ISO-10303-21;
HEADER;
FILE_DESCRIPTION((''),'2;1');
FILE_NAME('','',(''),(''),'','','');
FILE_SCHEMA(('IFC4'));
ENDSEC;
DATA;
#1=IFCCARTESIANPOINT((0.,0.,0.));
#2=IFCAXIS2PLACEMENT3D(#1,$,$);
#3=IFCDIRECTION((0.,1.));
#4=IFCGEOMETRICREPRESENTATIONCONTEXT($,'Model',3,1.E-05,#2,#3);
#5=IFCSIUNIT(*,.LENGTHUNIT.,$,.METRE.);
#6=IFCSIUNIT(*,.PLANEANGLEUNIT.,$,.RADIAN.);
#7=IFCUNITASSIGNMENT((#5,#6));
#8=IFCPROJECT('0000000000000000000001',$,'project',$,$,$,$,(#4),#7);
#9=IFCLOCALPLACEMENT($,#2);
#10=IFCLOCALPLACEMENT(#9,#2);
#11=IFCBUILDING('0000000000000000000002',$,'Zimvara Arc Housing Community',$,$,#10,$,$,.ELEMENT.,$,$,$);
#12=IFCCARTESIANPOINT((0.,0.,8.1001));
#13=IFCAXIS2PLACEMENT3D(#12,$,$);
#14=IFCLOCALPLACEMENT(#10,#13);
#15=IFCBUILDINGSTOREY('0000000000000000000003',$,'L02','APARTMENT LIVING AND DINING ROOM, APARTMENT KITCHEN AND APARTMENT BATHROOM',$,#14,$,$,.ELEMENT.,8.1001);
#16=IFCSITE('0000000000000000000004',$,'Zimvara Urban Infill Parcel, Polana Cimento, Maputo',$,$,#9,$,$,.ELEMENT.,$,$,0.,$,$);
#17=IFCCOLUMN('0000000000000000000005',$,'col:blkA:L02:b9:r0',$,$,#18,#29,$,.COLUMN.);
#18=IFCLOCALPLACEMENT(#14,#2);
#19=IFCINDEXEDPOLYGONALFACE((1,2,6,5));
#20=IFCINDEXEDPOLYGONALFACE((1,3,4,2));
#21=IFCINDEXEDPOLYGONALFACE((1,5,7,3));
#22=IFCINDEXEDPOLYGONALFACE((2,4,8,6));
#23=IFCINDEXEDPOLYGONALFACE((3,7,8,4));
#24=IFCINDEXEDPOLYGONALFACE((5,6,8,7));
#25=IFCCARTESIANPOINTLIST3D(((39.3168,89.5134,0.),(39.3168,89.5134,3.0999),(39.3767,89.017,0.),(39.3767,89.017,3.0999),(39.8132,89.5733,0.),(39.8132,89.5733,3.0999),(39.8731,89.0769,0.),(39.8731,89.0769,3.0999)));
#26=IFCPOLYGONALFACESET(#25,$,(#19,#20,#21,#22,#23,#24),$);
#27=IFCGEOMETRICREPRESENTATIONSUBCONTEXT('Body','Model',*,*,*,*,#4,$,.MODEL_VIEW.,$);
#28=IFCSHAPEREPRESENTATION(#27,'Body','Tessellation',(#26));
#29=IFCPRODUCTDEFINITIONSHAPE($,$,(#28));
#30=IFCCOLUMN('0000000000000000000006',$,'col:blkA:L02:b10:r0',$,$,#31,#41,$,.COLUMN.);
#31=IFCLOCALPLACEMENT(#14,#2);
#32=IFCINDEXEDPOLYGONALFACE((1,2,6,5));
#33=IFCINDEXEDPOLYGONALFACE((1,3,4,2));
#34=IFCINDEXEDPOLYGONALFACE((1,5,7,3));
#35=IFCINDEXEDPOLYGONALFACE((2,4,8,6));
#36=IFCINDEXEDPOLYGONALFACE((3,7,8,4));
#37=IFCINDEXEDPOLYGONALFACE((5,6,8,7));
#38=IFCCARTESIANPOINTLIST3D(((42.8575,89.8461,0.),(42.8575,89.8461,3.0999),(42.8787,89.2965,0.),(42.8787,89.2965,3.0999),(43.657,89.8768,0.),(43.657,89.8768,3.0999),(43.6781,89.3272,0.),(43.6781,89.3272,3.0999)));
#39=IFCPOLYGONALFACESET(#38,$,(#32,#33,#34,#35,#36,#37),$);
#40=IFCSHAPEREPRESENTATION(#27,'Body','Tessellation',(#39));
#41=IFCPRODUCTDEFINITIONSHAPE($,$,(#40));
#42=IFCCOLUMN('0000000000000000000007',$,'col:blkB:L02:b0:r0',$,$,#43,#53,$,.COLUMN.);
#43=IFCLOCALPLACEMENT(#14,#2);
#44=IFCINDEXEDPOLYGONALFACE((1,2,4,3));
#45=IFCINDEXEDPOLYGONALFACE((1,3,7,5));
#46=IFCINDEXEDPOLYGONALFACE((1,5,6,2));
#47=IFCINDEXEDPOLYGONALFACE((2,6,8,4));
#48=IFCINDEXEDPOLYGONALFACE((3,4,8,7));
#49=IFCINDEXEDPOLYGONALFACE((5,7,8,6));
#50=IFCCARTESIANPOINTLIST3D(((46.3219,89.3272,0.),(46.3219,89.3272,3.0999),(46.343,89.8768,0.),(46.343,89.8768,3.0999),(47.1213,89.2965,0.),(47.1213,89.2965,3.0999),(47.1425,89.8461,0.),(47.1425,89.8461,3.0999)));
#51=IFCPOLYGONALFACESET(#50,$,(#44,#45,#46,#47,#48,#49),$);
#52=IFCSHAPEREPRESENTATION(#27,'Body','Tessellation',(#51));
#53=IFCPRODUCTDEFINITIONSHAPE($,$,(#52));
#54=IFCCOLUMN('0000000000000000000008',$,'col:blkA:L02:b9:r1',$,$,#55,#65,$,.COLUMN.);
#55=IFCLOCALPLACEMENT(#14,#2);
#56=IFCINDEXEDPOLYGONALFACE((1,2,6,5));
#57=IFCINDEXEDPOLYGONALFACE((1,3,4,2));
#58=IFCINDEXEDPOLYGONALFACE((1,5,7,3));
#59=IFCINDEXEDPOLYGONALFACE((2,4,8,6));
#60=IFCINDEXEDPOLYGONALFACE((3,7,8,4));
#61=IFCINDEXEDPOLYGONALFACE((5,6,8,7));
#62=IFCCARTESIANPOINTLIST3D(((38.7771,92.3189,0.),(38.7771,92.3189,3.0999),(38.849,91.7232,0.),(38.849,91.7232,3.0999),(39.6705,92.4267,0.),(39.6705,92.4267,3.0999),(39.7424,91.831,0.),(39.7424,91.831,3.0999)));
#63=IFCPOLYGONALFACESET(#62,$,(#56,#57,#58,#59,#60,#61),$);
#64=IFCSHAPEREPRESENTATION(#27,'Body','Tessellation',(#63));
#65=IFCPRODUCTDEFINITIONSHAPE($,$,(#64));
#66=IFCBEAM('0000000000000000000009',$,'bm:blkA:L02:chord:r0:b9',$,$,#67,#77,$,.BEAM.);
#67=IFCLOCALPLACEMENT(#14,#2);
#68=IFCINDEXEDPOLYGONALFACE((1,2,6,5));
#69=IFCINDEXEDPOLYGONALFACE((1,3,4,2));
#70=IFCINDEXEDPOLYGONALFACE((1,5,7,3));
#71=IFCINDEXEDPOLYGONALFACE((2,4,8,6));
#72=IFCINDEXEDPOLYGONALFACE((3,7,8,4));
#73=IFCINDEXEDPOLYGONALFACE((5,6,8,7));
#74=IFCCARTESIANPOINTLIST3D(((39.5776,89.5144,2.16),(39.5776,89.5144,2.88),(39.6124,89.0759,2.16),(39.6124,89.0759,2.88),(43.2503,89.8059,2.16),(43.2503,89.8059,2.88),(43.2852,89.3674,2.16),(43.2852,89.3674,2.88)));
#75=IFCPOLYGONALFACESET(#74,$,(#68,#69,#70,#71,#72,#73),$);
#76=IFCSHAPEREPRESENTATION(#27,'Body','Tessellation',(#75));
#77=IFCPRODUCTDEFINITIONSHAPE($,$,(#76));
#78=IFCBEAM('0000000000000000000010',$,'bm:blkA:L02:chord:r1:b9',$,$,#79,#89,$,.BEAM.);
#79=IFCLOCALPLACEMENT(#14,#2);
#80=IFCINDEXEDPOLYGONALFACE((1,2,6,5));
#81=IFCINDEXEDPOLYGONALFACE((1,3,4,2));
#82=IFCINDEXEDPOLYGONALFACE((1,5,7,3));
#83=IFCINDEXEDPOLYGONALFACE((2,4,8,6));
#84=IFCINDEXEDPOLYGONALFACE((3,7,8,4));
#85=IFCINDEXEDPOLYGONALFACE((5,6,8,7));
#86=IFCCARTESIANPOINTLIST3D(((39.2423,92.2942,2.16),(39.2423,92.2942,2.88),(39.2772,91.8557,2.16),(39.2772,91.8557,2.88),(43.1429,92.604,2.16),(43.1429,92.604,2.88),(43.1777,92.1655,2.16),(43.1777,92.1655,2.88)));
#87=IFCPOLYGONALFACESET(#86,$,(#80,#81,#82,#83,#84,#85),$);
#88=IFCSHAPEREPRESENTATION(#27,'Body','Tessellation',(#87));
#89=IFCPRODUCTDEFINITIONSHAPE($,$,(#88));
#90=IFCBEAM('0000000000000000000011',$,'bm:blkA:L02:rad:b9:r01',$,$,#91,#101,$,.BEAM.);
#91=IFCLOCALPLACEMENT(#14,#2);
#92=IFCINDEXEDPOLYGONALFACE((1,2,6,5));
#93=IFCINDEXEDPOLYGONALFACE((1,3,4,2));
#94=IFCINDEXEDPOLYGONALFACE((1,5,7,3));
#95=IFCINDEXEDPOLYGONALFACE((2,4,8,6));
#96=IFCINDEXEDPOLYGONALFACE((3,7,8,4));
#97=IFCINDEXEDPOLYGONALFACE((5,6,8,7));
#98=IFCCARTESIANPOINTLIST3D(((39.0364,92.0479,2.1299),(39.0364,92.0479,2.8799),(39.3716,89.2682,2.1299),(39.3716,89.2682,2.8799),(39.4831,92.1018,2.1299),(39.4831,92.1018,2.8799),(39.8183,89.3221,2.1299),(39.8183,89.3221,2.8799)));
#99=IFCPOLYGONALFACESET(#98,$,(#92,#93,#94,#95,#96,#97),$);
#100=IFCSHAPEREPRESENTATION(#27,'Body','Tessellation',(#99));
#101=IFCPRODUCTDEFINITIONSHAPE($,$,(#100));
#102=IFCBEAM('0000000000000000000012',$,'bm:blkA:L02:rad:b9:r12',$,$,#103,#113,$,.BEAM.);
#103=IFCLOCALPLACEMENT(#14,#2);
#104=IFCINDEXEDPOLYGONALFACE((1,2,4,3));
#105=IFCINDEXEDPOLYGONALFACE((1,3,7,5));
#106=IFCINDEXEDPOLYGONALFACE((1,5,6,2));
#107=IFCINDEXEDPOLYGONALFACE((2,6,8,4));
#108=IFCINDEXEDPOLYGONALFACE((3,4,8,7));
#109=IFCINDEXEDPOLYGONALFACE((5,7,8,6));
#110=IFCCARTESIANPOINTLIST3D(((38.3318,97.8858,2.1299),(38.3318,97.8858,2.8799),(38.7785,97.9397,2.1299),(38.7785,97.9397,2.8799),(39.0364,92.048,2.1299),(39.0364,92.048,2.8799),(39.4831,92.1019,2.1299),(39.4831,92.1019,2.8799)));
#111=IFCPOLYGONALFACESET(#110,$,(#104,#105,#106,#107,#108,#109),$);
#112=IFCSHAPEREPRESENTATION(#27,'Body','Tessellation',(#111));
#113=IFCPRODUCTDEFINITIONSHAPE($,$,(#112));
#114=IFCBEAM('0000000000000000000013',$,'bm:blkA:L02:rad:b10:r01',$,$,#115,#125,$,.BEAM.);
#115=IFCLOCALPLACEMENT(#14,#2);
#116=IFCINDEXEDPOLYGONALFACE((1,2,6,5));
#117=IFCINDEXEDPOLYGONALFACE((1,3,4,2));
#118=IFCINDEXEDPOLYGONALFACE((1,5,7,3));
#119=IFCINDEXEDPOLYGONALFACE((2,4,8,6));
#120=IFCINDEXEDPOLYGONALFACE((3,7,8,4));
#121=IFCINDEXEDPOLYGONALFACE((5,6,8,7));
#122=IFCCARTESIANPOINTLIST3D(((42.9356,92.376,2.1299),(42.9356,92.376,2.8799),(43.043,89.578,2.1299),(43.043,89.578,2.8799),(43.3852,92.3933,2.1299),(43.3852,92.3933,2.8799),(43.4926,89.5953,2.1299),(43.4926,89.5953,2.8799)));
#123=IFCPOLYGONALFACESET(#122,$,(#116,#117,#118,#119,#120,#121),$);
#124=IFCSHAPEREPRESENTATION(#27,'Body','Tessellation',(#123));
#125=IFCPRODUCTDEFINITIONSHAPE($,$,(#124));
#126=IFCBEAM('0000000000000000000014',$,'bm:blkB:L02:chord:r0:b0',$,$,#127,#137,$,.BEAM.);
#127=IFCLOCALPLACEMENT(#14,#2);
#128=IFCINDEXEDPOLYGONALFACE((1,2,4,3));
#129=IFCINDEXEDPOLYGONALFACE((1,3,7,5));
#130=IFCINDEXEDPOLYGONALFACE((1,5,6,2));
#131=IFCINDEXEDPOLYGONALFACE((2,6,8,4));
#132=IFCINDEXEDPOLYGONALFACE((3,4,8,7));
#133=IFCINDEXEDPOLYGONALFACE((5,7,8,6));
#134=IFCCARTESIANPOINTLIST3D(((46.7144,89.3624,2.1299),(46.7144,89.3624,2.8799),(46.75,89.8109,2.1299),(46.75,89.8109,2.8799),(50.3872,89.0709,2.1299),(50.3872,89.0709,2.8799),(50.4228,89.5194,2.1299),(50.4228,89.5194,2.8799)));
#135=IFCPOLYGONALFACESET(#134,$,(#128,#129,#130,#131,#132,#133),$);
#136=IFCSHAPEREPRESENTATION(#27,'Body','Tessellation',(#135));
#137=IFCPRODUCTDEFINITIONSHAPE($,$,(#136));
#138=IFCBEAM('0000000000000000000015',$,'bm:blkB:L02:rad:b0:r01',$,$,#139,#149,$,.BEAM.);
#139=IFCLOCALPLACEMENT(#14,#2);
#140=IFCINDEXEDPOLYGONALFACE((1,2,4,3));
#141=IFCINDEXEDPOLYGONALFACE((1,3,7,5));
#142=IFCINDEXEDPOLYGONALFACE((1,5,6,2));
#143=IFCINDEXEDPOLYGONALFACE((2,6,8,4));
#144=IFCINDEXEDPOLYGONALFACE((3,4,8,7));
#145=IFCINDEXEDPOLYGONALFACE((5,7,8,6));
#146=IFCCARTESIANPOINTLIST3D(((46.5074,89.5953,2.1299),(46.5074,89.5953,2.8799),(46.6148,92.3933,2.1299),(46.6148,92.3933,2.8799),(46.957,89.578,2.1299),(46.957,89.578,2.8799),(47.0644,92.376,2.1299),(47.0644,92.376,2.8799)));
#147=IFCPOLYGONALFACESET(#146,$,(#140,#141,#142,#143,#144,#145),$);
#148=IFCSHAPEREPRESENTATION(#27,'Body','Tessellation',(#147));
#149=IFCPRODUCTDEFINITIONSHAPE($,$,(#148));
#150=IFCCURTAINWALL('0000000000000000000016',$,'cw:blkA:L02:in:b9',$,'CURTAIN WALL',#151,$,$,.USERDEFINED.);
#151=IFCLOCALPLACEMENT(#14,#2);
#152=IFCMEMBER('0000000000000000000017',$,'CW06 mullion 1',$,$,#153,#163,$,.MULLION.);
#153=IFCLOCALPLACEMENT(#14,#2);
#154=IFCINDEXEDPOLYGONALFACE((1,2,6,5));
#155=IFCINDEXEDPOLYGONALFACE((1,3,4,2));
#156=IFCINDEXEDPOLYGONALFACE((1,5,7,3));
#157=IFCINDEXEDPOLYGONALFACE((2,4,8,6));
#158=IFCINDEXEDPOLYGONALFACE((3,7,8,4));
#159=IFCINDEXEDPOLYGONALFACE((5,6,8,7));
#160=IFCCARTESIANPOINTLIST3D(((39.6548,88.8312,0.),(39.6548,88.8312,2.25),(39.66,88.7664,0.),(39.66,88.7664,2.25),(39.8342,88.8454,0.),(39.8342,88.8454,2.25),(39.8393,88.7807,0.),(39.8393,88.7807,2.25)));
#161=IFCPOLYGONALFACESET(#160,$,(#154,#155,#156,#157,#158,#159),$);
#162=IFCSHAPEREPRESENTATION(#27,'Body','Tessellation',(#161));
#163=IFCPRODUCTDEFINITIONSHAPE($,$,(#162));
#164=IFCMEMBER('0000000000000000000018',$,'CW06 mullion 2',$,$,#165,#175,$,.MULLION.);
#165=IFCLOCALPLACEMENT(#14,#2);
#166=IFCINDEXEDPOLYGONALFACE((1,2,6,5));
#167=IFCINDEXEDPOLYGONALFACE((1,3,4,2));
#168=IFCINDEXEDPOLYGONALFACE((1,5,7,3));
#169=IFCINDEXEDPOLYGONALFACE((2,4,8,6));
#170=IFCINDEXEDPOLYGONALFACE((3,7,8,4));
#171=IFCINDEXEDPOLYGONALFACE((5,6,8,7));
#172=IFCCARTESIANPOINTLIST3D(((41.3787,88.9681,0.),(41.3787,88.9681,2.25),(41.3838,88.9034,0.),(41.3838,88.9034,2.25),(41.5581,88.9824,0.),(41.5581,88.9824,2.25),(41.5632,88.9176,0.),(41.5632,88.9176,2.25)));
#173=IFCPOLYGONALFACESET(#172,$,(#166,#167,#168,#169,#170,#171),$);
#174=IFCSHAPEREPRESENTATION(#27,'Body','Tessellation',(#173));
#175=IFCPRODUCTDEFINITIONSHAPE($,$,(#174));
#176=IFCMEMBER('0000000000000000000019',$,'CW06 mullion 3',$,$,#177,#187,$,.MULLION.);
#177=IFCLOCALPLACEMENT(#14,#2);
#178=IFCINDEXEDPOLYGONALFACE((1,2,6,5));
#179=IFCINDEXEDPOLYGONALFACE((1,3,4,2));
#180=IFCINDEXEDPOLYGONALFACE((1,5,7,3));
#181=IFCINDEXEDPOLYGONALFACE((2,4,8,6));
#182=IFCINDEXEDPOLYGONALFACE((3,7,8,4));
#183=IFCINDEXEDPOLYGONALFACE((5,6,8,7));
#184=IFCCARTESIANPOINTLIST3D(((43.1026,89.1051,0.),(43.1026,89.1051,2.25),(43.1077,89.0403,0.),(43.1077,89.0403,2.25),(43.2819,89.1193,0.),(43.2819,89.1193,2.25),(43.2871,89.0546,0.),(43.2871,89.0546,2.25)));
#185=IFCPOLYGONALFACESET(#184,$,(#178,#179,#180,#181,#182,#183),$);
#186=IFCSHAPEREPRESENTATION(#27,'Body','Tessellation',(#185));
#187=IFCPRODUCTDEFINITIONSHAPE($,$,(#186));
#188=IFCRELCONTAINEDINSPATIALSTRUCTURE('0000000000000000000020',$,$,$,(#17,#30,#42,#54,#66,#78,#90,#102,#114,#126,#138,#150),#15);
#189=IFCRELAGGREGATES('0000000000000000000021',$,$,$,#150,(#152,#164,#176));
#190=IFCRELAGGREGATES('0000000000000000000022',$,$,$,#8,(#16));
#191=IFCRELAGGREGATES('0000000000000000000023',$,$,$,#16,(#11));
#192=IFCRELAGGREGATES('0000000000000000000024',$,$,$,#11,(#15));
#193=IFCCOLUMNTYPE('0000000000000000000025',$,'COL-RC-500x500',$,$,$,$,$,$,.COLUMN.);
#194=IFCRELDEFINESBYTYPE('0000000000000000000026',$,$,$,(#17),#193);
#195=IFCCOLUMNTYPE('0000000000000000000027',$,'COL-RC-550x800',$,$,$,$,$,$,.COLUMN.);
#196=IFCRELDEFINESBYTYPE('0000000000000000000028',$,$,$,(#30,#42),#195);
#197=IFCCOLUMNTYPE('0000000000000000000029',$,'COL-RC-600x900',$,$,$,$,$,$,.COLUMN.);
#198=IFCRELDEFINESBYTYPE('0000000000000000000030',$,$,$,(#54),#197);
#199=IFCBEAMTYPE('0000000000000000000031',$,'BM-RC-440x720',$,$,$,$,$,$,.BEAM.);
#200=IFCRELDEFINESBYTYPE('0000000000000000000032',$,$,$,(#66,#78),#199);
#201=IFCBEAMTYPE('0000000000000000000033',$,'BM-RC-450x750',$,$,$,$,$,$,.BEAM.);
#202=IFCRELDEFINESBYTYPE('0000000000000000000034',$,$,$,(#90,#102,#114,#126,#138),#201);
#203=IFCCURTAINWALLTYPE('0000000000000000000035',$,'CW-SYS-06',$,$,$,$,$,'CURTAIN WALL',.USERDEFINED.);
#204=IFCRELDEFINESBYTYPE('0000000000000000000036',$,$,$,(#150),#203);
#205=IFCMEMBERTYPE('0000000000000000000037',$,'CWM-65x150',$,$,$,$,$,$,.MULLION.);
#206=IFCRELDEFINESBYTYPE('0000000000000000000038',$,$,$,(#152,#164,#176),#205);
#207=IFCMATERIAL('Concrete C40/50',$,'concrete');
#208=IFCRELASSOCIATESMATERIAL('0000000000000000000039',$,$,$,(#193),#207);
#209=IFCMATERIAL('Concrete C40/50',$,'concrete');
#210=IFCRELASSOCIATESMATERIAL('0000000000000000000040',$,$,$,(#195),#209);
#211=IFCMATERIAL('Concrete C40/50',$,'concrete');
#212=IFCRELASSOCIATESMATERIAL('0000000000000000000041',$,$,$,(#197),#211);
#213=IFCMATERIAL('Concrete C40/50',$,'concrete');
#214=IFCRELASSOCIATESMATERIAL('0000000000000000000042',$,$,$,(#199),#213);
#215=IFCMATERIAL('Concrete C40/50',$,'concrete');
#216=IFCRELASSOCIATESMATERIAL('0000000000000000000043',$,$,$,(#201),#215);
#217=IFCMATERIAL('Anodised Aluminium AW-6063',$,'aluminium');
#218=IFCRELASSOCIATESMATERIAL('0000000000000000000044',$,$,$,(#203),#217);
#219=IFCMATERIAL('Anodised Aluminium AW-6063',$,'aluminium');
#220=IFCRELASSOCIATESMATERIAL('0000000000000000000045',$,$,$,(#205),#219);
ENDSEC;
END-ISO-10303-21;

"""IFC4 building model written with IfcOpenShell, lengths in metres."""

from ifc_helpers import new_model, si_unit, direction, frame, origin, origin_2d, place, context, subcontext, project, spatial, rectangle, extrude, material, material_profile, profile_set, type_object, element, aggregate, save


model = new_model("IFC4")

# Units and contexts
model_context = context("Model", 3, precision=1e-05, world=origin(), true_north=direction((0.0, 1.0)))
body_context = subcontext(model_context, "Body", "Model", "MODEL_VIEW")
ifc_project = project(units=[si_unit("LENGTHUNIT", "METRE"), si_unit("PLANEANGLEUNIT", "RADIAN")], contexts=[model_context])

# Site, building, storey
site_placement = place(None, origin())
site = spatial("IfcSite", under=ifc_project, at=site_placement, Name="Zimvara Urban Infill Parcel, Polana Cimento, Maputo", CompositionType="ELEMENT", RefElevation=0.0)
building_placement = place(site_placement, origin())
building = spatial("IfcBuilding", under=site, at=building_placement, Name="Zimvara Arc Housing Community", CompositionType="ELEMENT")
storey_placement = place(building_placement, frame((0.0, 0.0, 8.1001)))
storey = spatial("IfcBuildingStorey", under=building, at=storey_placement, Name="L02", Description="APARTMENT LIVING AND DINING ROOM, APARTMENT KITCHEN AND APARTMENT BATHROOM", CompositionType="ELEMENT", Elevation=8.1001)

# Columns
ifc_material_1 = material(Name="Concrete C40/50", Category="concrete")
ifc_material_profile_1 = material_profile(ifc_material_1, rectangle(XDim=0.5, YDim=0.5, at=origin_2d()), Name="RC 500x500")
ifc_profile_set_1 = profile_set([ifc_material_profile_1], Name="Concrete C40/50")
column_type_1 = type_object("IfcColumnType", Name="COL-RC-500x500", PredefinedType="COLUMN", material=ifc_profile_set_1)
column_1_placement = place(storey_placement, frame((39.595, 89.2952, 0.0), z_axis=(0.0, 0.0, 1.0), x_axis=(-0.11979, 0.992799, 0.0)))
element("IfcColumn", 1, at=column_1_placement, inside=storey, type_object=column_type_1, Name="col:blkA:L02:b9:r0", PredefinedType="COLUMN", context=body_context, shape_type="SweptSolid", body=[
    extrude(rectangle(XDim=0.5, YDim=0.5, at=origin_2d()), origin(), (0.0, 0.0, 1.0), 3.0999),
])
ifc_material_2 = material(Name="Concrete C40/50", Category="concrete")
ifc_material_profile_2 = material_profile(ifc_material_2, rectangle(XDim=0.55, YDim=0.8, at=origin_2d()), Name="RC 550x800")
ifc_profile_set_2 = profile_set([ifc_material_profile_2], Name="Concrete C40/50")
column_type_2 = type_object("IfcColumnType", Name="COL-RC-550x800", PredefinedType="COLUMN", material=ifc_profile_set_2)
for number, where, z_axis, x_axis, name in (
    (2, (43.2678, 89.5867, 0.0), (0.0, 0.0, 1.0), (-0.038388, 0.999263, 0.0), "col:blkA:L02:b10:r0"),
    (3, (46.7322, 89.5867, 0.0), (0.0, 0.0, 1.0), (0.038388, 0.999263, 0.0), "col:blkB:L02:b0:r0"),
):
    element("IfcColumn", number, at=place(storey_placement, frame(where, z_axis=z_axis, x_axis=x_axis)), inside=storey, type_object=column_type_2, Name=name, PredefinedType="COLUMN", context=body_context, shape_type="SweptSolid", body=[
        extrude(rectangle(XDim=0.55, YDim=0.8, at=origin_2d()), origin(), (0.0, 0.0, 1.0), 3.0999),
    ])
ifc_material_3 = material(Name="Concrete C40/50", Category="concrete")
ifc_material_profile_3 = material_profile(ifc_material_3, rectangle(XDim=0.6001, YDim=0.8999, at=origin_2d()), Name="RC 600x900")
ifc_profile_set_3 = profile_set([ifc_material_profile_3], Name="Concrete C40/50")
column_type_3 = type_object("IfcColumnType", Name="COL-RC-600x900", PredefinedType="COLUMN", material=ifc_profile_set_3)
column_2_placement = place(storey_placement, frame((39.2598, 92.075, 0.0), z_axis=(0.0, 0.0, 1.0), x_axis=(-0.11979, 0.992799, 0.0)))
element("IfcColumn", 4, at=column_2_placement, inside=storey, type_object=column_type_3, Name="col:blkA:L02:b9:r1", PredefinedType="COLUMN", context=body_context, shape_type="SweptSolid", body=[
    extrude(rectangle(XDim=0.6001, YDim=0.8999, at=origin_2d()), origin(), (0.0, 0.0, 1.0), 3.0999),
])

# Beams
ifc_material_4 = material(Name="Concrete C40/50", Category="concrete")
ifc_material_profile_4 = material_profile(ifc_material_4, rectangle(XDim=0.4399, YDim=0.72, at=origin_2d()), Name="RC 440x720")
ifc_profile_set_4 = profile_set([ifc_material_profile_4], Name="Concrete C40/50")
beam_type_1 = type_object("IfcBeamType", Name="BM-RC-440x720", PredefinedType="BEAM", material=ifc_profile_set_4)
beam_1_placement = place(storey_placement, frame((39.595, 89.2952, 2.52), z_axis=(0.996865, 0.079118, 0.0), x_axis=(-0.079118, 0.996865, 0.0)))
element("IfcBeam", 5, at=beam_1_placement, inside=storey, type_object=beam_type_1, Name="bm:blkA:L02:chord:r0:b9", PredefinedType="BEAM", context=body_context, shape_type="SweptSolid", body=[
    extrude(rectangle(XDim=0.4399, YDim=0.72, at=origin_2d()), origin(), (0.0, 0.0, 1.0), 3.6843),
])
beam_2_placement = place(storey_placement, frame((39.2598, 92.075, 2.52), z_axis=(0.996861, 0.079177, 0.0), x_axis=(-0.079177, 0.996861, 0.0)))
element("IfcBeam", 6, at=beam_2_placement, inside=storey, type_object=beam_type_1, Name="bm:blkA:L02:chord:r1:b9", PredefinedType="BEAM", context=body_context, shape_type="SweptSolid", body=[
    extrude(rectangle(XDim=0.4399, YDim=0.72, at=origin_2d()), origin(), (0.0, 0.0, 1.0), 3.9128),
])
ifc_material_5 = material(Name="Concrete C40/50", Category="concrete")
ifc_material_profile_5 = material_profile(ifc_material_5, rectangle(XDim=0.45, YDim=0.75, at=origin_2d()), Name="RC 450x750")
ifc_profile_set_5 = profile_set([ifc_material_profile_5], Name="Concrete C40/50")
beam_type_2 = type_object("IfcBeamType", Name="BM-RC-450x750", PredefinedType="BEAM", material=ifc_profile_set_5)
beam_3_placement = place(storey_placement, frame((39.595, 89.2952, 2.5049), z_axis=(-0.119719, 0.992808, 0.0), x_axis=(-0.992808, -0.119719, 0.0)))
element("IfcBeam", 7, at=beam_3_placement, inside=storey, type_object=beam_type_2, Name="bm:blkA:L02:rad:b9:r01", PredefinedType="BEAM", context=body_context, shape_type="SweptSolid", body=[
    extrude(rectangle(XDim=0.45, YDim=0.75, at=origin_2d()), origin(), (0.0, 0.0, 1.0), 2.7998),
])
beam_4_placement = place(storey_placement, frame((39.2598, 92.075, 2.5049), z_axis=(-0.119828, 0.992795, 0.0), x_axis=(-0.992795, -0.119828, 0.0)))
element("IfcBeam", 8, at=beam_4_placement, inside=storey, type_object=beam_type_2, Name="bm:blkA:L02:rad:b9:r12", PredefinedType="BEAM", context=body_context, shape_type="SweptSolid", body=[
    extrude(rectangle(XDim=0.45, YDim=0.75, at=origin_2d()), origin(), (0.0, 0.0, 1.0), 5.8801),
])
beam_5_placement = place(storey_placement, frame((43.2678, 89.5867, 2.5049), z_axis=(-0.038363, 0.999264, 0.0), x_axis=(-0.999264, -0.038363, 0.0)))
element("IfcBeam", 9, at=beam_5_placement, inside=storey, type_object=beam_type_2, Name="bm:blkA:L02:rad:b10:r01", PredefinedType="BEAM", context=body_context, shape_type="SweptSolid", body=[
    extrude(rectangle(XDim=0.45, YDim=0.75, at=origin_2d()), origin(), (0.0, 0.0, 1.0), 2.8),
])
beam_6_placement = place(storey_placement, frame((46.7322, 89.5867, 2.5049), z_axis=(0.996865, -0.079118, 0.0), x_axis=(0.079118, 0.996865, 0.0)))
element("IfcBeam", 10, at=beam_6_placement, inside=storey, type_object=beam_type_2, Name="bm:blkB:L02:chord:r0:b0", PredefinedType="BEAM", context=body_context, shape_type="SweptSolid", body=[
    extrude(rectangle(XDim=0.45, YDim=0.75, at=origin_2d()), origin(), (0.0, 0.0, 1.0), 3.6843),
])
beam_7_placement = place(storey_placement, frame((46.7322, 89.5867, 2.5049), z_axis=(0.038363, 0.999264, 0.0), x_axis=(-0.999264, 0.038363, 0.0)))
element("IfcBeam", 11, at=beam_7_placement, inside=storey, type_object=beam_type_2, Name="bm:blkB:L02:rad:b0:r01", PredefinedType="BEAM", context=body_context, shape_type="SweptSolid", body=[
    extrude(rectangle(XDim=0.45, YDim=0.75, at=origin_2d()), origin(), (0.0, 0.0, 1.0), 2.8),
])

# Curtain wall, members
ifc_material_6 = material(Name="Anodised Aluminium AW-6063", Category="aluminium")
curtain_wall_type = type_object("IfcCurtainWallType", Name="CW-SYS-06", ElementType="CURTAIN WALL", PredefinedType="USERDEFINED", material=ifc_material_6)
curtain_wall_placement = place(storey_placement, origin())
curtain_wall = element("IfcCurtainWall", 12, at=curtain_wall_placement, inside=storey, type_object=curtain_wall_type, Name="cw:blkA:L02:in:b9", ObjectType="CURTAIN WALL", PredefinedType="USERDEFINED")
ifc_material_7 = material(Name="Anodised Aluminium AW-6063", Category="aluminium")
ifc_material_profile_6 = material_profile(ifc_material_7, rectangle(XDim=0.0649, YDim=0.1799, at=origin_2d()), Name="ALU 65x180")
ifc_profile_set_6 = profile_set([ifc_material_profile_6], Name="Anodised Aluminium AW-6063")
member_type_1 = type_object("IfcMemberType", Name="CWM-65x150", PredefinedType="MULLION", material=ifc_profile_set_6)
member_1_placement = place(storey_placement, frame((39.7471, 88.8059, 0.0), z_axis=(0.0, 0.0, 1.0), x_axis=(-0.079155, 0.996862, 0.0)))
member_1 = element("IfcMember", 13, at=member_1_placement, type_object=member_type_1, Name="CW06 mullion 1", PredefinedType="MULLION", context=body_context, shape_type="SweptSolid", body=[
    extrude(rectangle(XDim=0.0649, YDim=0.1799, at=origin_2d()), origin(), (0.0, 0.0, 1.0), 2.25),
])
member_2_placement = place(storey_placement, frame((41.4709, 88.9429, 0.0), z_axis=(0.0, 0.0, 1.0), x_axis=(-0.079155, 0.996862, 0.0)))
member_2 = element("IfcMember", 14, at=member_2_placement, type_object=member_type_1, Name="CW06 mullion 2", PredefinedType="MULLION", context=body_context, shape_type="SweptSolid", body=[
    extrude(rectangle(XDim=0.0649, YDim=0.1799, at=origin_2d()), origin(), (0.0, 0.0, 1.0), 2.25),
])
member_3_placement = place(storey_placement, frame((43.1948, 89.0798, 0.0), z_axis=(0.0, 0.0, 1.0), x_axis=(-0.079155, 0.996862, 0.0)))
member_3 = element("IfcMember", 15, at=member_3_placement, type_object=member_type_1, Name="CW06 mullion 3", PredefinedType="MULLION", context=body_context, shape_type="SweptSolid", body=[
    extrude(rectangle(XDim=0.0649, YDim=0.1799, at=origin_2d()), origin(), (0.0, 0.0, 1.0), 2.25),
])
aggregate(curtain_wall, [member_1, member_2, member_3])

save(model, "model.ifc")
